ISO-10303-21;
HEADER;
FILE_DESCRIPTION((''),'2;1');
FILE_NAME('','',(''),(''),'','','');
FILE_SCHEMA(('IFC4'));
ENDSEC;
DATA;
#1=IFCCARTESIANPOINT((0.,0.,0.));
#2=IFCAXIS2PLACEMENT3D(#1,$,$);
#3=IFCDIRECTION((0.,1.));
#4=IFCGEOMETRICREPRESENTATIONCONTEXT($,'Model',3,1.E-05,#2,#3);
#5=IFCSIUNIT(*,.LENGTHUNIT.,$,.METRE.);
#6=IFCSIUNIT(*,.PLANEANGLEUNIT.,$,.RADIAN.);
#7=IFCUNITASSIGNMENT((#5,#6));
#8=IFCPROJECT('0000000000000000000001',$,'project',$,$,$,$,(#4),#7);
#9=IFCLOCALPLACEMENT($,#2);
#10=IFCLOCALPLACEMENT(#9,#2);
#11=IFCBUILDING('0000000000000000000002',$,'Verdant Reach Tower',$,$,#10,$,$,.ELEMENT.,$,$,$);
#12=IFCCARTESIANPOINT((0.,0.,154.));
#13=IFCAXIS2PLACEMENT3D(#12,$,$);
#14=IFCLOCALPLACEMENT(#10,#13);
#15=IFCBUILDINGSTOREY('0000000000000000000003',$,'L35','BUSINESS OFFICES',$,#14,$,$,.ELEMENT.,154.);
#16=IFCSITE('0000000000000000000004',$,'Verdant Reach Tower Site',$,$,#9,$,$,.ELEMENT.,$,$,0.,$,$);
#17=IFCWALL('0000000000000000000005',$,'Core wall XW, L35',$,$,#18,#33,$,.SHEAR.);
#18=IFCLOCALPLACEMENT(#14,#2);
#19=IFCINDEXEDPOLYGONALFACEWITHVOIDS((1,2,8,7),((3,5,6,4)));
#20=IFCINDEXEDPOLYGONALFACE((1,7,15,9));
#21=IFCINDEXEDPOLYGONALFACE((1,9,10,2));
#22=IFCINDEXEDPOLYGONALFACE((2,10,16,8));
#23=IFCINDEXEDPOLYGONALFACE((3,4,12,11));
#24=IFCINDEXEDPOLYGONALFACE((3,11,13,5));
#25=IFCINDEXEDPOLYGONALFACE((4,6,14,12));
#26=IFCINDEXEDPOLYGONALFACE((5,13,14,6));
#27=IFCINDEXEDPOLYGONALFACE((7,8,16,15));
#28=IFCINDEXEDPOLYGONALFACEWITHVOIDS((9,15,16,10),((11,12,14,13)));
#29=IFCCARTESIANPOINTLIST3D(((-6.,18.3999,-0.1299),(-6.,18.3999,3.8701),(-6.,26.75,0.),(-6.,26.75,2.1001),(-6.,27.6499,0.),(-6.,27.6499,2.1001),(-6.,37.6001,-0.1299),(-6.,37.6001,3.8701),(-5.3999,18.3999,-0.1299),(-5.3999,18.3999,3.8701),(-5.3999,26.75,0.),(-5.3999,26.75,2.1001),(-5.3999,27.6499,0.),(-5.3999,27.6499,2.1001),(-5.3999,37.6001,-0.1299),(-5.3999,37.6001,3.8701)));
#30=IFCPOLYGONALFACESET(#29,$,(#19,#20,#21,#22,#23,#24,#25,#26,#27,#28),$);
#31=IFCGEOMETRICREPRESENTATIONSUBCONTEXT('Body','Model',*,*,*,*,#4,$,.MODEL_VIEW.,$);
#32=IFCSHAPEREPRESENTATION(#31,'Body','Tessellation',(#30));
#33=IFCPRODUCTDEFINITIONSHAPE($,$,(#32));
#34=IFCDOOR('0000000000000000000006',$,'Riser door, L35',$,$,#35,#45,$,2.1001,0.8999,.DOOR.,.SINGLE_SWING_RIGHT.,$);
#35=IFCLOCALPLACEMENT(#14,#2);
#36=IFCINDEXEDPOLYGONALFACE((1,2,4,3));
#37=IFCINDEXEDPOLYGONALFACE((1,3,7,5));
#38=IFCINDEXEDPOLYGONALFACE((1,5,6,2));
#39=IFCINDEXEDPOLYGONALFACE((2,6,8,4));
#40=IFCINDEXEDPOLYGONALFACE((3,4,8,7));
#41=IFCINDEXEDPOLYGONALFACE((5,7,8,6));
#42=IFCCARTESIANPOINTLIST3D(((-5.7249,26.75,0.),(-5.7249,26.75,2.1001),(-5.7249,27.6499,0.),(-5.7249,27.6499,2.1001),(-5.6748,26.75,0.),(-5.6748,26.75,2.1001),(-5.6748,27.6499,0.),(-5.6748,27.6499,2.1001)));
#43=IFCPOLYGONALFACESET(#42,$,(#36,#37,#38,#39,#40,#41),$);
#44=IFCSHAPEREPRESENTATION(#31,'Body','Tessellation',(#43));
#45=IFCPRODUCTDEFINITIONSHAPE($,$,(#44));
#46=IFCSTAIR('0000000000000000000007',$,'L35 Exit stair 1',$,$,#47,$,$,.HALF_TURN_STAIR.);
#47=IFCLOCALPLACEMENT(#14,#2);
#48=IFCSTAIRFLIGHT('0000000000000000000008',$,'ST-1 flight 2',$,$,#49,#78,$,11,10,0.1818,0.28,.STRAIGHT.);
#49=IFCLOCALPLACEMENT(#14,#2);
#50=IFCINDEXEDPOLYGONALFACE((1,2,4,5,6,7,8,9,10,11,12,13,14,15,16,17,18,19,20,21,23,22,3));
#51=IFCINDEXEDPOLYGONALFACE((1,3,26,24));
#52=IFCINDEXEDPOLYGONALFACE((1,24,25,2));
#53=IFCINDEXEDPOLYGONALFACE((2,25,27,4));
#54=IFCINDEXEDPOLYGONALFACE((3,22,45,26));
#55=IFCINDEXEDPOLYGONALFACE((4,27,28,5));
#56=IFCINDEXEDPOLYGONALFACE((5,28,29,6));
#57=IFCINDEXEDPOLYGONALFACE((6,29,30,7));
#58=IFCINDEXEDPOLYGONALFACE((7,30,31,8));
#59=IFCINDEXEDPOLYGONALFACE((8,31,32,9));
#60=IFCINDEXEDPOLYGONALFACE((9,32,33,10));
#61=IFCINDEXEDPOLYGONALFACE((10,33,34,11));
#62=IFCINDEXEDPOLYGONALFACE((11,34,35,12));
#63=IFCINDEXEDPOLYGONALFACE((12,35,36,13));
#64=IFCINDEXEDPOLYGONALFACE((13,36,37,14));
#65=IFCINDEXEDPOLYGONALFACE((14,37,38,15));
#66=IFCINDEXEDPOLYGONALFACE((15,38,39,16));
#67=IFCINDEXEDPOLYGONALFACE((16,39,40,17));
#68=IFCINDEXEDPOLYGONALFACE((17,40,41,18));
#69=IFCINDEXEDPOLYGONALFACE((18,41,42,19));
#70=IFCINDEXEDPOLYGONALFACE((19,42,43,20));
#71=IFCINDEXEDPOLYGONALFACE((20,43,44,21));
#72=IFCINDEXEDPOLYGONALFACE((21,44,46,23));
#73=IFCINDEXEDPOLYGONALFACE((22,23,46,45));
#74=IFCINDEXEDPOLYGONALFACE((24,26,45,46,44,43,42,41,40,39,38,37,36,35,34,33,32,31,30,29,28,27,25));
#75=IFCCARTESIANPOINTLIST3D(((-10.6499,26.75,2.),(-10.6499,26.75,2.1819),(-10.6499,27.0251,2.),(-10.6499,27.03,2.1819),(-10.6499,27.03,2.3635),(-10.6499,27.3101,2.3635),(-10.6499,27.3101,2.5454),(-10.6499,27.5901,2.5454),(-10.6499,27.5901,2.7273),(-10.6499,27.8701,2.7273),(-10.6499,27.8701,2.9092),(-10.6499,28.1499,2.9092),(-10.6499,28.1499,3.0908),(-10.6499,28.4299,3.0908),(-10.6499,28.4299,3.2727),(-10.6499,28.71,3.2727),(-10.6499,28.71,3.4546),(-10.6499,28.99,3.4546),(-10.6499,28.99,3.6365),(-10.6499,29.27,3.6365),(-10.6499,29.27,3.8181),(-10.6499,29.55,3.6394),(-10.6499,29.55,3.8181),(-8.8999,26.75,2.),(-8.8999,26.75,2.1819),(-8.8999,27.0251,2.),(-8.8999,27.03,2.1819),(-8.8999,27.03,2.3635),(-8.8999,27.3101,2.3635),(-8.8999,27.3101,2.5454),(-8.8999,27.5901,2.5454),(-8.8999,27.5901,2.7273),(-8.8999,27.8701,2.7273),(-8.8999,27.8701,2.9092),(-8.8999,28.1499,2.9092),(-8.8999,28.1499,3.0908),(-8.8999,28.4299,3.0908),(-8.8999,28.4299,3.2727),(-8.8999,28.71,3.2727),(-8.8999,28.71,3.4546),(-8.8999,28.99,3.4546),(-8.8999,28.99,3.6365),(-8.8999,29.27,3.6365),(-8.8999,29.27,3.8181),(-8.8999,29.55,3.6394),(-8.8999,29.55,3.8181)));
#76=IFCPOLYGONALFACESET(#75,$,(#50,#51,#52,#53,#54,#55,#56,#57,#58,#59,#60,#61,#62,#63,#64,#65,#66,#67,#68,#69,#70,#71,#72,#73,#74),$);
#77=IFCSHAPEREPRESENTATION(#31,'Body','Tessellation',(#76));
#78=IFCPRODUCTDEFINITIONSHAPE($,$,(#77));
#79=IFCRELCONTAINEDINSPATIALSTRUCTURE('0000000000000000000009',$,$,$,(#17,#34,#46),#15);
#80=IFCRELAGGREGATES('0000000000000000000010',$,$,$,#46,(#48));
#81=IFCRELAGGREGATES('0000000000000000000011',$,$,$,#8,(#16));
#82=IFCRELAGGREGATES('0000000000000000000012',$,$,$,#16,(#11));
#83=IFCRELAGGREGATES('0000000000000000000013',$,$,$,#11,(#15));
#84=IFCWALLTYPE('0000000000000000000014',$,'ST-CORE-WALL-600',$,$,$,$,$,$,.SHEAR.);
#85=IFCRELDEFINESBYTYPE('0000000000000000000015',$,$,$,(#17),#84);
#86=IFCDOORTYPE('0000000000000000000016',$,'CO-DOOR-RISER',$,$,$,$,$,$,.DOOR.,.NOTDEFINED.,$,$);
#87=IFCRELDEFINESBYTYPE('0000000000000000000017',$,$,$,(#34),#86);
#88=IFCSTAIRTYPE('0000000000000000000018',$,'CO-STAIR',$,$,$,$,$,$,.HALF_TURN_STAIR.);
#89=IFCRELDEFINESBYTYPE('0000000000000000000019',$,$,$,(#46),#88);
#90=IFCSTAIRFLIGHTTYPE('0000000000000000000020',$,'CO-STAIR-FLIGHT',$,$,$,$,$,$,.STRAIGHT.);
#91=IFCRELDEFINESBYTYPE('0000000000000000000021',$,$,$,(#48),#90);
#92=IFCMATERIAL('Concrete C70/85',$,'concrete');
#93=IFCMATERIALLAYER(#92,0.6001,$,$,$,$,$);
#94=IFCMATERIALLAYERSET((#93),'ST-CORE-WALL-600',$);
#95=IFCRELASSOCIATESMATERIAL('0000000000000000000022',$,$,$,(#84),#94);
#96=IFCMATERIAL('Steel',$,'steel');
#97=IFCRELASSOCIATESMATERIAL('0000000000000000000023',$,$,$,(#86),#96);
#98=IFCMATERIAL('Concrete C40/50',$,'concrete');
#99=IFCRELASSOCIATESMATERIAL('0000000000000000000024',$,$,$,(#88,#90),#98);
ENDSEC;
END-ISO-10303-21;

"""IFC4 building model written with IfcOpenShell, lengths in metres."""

from ifc_helpers import new_model, si_unit, direction, frame, frame_2d, origin, place, context, subcontext, project, spatial, polyline, rectangle, outline, extrude, material, layer, layer_set, type_object, element, fill, aggregate, save


model = new_model("IFC4")

# Units and contexts
model_context = context("Model", 3, precision=1e-05, world=origin(), true_north=direction((0.0, 1.0)))
body_context = subcontext(model_context, "Body", "Model", "MODEL_VIEW")
ifc_project = project(units=[si_unit("LENGTHUNIT", "METRE"), si_unit("PLANEANGLEUNIT", "RADIAN")], contexts=[model_context])

# Site, building, storey
site_placement = place(None, origin())
site = spatial("IfcSite", under=ifc_project, at=site_placement, Name="Verdant Reach Tower Site", CompositionType="ELEMENT", RefElevation=0.0)
building_placement = place(site_placement, origin())
building = spatial("IfcBuilding", under=site, at=building_placement, Name="Verdant Reach Tower", CompositionType="ELEMENT")
storey_placement = place(building_placement, frame((0.0, 0.0, 154.0)))
storey = spatial("IfcBuildingStorey", under=building, at=storey_placement, Name="L35", Description="BUSINESS OFFICES", CompositionType="ELEMENT", Elevation=154.0)

# Shared definitions
ifc_material_1 = material(Name="Concrete C40/50", Category="concrete")

# Wall, opening, door
ifc_material_2 = material(Name="Concrete C70/85", Category="concrete")
ifc_layer_1 = layer(ifc_material_2, 0.6001)
ifc_layer_set_1 = layer_set([ifc_layer_1], Name="ST-CORE-WALL-600")
wall_type_1 = type_object("IfcWallType", Name="ST-CORE-WALL-600", PredefinedType="SHEAR", material=ifc_layer_set_1)
wall_1_placement = place(storey_placement, frame((-5.7, 18.3999, -0.1299), z_axis=(0.0, 0.0, 1.0), x_axis=(0.0, 1.0, 0.0)))
wall_1 = element("IfcWall", 1, at=wall_1_placement, inside=storey, type_object=wall_type_1, Name="Core wall XW, L35", PredefinedType="SHEAR", context=body_context, shape_type="SweptSolid", body=[
    extrude(rectangle(XDim=19.2002, YDim=0.6001, at=frame_2d((9.6001, 0.0))), origin(), (0.0, 0.0, 1.0), 4.0),
])
opening_1_placement = place(wall_1_placement, frame((8.3501, 0.0, 0.1299)))
opening_1 = element("IfcOpeningElement", 2, at=opening_1_placement, cuts=wall_1, PredefinedType="OPENING", context=body_context, shape_type="SweptSolid", body=[
    extrude(rectangle(XDim=0.8999, YDim=2.1001, at=frame_2d((0.45, 1.05))), frame((0.0, 0.3101, 0.0), z_axis=(0.0, -1.0, 0.0), x_axis=(1.0, 0.0, 0.0)), (0.0, 0.0, 1.0), 0.6201),
])
ifc_material_3 = material(Name="Steel", Category="steel")
door_type_1 = type_object("IfcDoorType", Name="CO-DOOR-RISER", OperationType="NOTDEFINED", PredefinedType="DOOR", material=ifc_material_3)
door_1_placement = place(opening_1_placement, origin())
door_1 = element("IfcDoor", 3, at=door_1_placement, inside=storey, type_object=door_type_1, Name="Riser door, L35", OperationType="SINGLE_SWING_RIGHT", OverallHeight=2.1001, OverallWidth=0.8999, PredefinedType="DOOR", context=body_context, shape_type="SweptSolid", body=[
    extrude(rectangle(XDim=0.8999, YDim=2.1001, at=frame_2d((0.45, 1.05))), frame((0.0, 0.0249, 0.0), z_axis=(0.0, -1.0, 0.0), x_axis=(1.0, 0.0, 0.0)), (0.0, 0.0, 1.0), 0.05),
])
fill(opening_1, door_1)

# Stair, stair flight
stair_type = type_object("IfcStairType", Name="CO-STAIR", PredefinedType="HALF_TURN_STAIR", material=ifc_material_1)
stair_placement = place(storey_placement, origin())
stair = element("IfcStair", 4, at=stair_placement, inside=storey, type_object=stair_type, Name="L35 Exit stair 1", PredefinedType="HALF_TURN_STAIR")
stair_flight_type = type_object("IfcStairFlightType", Name="CO-STAIR-FLIGHT", PredefinedType="STRAIGHT", material=ifc_material_1)
stair_flight_placement = place(storey_placement, frame((-9.7749, 26.75, 2.0), z_axis=(0.0, 0.0, 1.0), x_axis=(0.0, 1.0, 0.0)))
stair_flight = element("IfcStairFlight", 5, at=stair_flight_placement, type_object=stair_flight_type, Name="ST-1 flight 2", NumberOfRisers=11, NumberOfTreads=10, PredefinedType="STRAIGHT", RiserHeight=0.1818, TreadLength=0.28, context=body_context, shape_type="SweptSolid", body=[
    extrude(outline(polyline([(0.0, 0.0), (0.0, 0.1819), (0.28, 0.1819), (0.28, 0.3635), (0.5601, 0.3635), (0.5601, 0.5454), (0.8401, 0.5454), (0.8401, 0.7273), (1.1201, 0.7273), (1.1201, 0.9092), (1.3999, 0.9092), (1.3999, 1.0908), (1.6799, 1.0908), (1.6799, 1.2727), (1.96, 1.2727), (1.96, 1.4546), (2.24, 1.4546), (2.24, 1.6365), (2.52, 1.6365), (2.52, 1.8181), (2.8, 1.8181), (2.8, 2.0), (2.8, 1.6394), (0.2751, 0.0), (0.0, 0.0)])), frame((0.0, 0.875, 0.0), z_axis=(0.0, -1.0, 0.0), x_axis=(1.0, 0.0, 0.0)), (0.0, 0.0, 1.0), 1.75),
])
aggregate(stair, [stair_flight])

save(model, "model.ifc")
